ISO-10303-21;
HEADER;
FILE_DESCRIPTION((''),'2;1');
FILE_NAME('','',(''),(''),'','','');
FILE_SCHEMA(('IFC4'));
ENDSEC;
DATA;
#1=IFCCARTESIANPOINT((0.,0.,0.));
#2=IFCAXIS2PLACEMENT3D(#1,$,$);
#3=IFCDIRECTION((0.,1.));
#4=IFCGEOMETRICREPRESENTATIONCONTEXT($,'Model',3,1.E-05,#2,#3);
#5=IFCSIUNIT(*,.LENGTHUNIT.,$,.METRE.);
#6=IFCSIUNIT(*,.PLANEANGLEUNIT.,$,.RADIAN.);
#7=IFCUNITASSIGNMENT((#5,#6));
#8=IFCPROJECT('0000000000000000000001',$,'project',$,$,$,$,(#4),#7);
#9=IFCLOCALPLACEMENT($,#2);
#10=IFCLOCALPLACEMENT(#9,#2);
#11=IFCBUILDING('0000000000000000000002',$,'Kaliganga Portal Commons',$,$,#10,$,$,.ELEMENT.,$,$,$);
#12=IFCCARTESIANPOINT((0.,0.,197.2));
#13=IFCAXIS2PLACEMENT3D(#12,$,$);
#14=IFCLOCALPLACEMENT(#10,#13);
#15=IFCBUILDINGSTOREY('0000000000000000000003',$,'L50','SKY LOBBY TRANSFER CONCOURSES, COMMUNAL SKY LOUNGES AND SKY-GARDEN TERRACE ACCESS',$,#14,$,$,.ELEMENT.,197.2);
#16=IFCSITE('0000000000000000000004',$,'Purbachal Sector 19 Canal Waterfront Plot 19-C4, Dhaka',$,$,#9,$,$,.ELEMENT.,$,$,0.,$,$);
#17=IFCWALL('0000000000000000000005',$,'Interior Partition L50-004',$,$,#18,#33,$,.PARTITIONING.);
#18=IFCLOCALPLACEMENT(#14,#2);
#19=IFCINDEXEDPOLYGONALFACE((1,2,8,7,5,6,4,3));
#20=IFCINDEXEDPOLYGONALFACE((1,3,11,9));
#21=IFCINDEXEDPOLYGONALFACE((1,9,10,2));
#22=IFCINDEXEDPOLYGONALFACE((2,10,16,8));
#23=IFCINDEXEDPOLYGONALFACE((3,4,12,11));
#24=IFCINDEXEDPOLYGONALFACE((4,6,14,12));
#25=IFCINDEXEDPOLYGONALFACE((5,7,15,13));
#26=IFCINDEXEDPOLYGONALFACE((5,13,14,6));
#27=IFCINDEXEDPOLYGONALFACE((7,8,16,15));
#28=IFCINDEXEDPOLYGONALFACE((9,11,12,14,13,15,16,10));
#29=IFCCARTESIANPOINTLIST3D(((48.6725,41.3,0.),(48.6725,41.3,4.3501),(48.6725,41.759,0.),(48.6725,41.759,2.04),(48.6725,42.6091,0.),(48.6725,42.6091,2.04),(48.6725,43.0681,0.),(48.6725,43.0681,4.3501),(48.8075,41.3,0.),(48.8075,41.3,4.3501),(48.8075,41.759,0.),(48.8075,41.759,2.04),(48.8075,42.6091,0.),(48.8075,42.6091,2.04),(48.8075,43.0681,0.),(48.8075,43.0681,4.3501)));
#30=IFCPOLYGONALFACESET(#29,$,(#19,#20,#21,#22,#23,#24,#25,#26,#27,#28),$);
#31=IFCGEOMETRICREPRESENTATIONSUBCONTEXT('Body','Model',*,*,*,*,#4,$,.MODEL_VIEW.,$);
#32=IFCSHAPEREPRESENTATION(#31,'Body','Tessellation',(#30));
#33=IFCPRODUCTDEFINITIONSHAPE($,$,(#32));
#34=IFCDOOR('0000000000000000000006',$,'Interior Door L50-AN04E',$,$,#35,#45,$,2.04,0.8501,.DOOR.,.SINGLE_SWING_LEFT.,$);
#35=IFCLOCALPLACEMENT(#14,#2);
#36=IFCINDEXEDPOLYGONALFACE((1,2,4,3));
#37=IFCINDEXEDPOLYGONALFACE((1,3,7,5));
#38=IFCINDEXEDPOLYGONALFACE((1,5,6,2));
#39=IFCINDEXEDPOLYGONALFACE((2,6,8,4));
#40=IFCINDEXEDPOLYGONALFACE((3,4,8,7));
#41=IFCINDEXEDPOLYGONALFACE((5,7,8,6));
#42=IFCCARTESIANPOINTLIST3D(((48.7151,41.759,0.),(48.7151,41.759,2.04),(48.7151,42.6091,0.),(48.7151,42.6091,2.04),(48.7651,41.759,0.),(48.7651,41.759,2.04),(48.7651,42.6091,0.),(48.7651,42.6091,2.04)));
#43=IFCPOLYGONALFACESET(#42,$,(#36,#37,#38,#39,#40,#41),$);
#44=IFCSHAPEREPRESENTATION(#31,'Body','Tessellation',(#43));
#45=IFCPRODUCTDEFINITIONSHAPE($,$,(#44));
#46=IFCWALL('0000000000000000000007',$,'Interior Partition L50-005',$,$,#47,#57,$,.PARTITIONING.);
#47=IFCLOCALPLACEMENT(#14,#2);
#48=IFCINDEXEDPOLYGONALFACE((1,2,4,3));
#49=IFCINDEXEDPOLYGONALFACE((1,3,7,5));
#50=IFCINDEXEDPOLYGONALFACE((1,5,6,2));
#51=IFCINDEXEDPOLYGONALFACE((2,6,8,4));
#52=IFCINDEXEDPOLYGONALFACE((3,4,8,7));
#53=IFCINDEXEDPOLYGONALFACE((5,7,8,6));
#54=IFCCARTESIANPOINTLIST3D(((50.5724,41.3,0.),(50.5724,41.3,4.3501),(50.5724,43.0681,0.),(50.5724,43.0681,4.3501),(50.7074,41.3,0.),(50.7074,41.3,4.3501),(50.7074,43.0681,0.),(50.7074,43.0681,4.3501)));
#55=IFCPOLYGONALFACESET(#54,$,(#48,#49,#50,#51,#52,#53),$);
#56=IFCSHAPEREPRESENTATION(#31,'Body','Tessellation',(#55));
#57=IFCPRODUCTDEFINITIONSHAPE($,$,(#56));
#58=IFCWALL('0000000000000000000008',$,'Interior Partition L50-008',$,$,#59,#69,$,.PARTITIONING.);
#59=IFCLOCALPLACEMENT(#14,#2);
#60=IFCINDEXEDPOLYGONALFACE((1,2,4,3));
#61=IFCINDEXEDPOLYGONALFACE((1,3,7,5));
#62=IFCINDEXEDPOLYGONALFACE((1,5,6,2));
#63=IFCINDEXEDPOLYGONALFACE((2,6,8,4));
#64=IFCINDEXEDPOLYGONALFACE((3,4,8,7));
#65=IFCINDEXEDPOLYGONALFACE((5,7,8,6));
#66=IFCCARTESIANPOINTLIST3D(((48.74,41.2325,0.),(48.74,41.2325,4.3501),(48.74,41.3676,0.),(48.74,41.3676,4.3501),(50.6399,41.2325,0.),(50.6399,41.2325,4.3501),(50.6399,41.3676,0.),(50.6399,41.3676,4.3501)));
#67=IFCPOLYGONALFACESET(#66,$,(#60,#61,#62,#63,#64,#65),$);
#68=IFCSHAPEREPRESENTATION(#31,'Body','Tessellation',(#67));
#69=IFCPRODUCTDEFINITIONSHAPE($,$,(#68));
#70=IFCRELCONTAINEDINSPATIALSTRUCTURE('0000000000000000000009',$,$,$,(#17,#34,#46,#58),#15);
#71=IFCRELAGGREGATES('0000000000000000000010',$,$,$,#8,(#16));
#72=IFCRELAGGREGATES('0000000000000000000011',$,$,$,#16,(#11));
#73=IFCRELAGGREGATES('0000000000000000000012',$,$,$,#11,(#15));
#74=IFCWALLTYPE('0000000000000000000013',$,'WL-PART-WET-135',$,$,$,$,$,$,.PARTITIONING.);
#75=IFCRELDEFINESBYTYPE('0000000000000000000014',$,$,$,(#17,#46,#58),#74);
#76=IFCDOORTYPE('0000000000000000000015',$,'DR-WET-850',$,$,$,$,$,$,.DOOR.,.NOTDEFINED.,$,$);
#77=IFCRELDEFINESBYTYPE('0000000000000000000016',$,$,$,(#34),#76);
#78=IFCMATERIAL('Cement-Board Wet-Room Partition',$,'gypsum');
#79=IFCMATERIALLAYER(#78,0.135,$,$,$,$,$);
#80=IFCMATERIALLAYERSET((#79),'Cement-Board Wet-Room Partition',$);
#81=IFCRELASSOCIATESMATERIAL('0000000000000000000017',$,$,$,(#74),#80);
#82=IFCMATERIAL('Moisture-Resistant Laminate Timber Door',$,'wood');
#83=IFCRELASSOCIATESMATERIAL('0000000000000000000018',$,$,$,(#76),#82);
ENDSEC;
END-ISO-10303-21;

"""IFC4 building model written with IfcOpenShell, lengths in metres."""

from ifc_helpers import new_model, si_unit, direction, frame, frame_2d, origin, place, context, subcontext, project, spatial, rectangle, extrude, material, layer, layer_set, type_object, element, fill, save


model = new_model("IFC4")

# Units and contexts
model_context = context("Model", 3, precision=1e-05, world=origin(), true_north=direction((0.0, 1.0)))
body_context = subcontext(model_context, "Body", "Model", "MODEL_VIEW")
ifc_project = project(units=[si_unit("LENGTHUNIT", "METRE"), si_unit("PLANEANGLEUNIT", "RADIAN")], contexts=[model_context])

# Site, building, storey
site_placement = place(None, origin())
site = spatial("IfcSite", under=ifc_project, at=site_placement, Name="Purbachal Sector 19 Canal Waterfront Plot 19-C4, Dhaka", CompositionType="ELEMENT", RefElevation=0.0)
building_placement = place(site_placement, origin())
building = spatial("IfcBuilding", under=site, at=building_placement, Name="Kaliganga Portal Commons", CompositionType="ELEMENT")
storey_placement = place(building_placement, frame((0.0, 0.0, 197.2)))
storey = spatial("IfcBuildingStorey", under=building, at=storey_placement, Name="L50", Description="SKY LOBBY TRANSFER CONCOURSES, COMMUNAL SKY LOUNGES AND SKY-GARDEN TERRACE ACCESS", CompositionType="ELEMENT", Elevation=197.2)

# Wall, opening, door
ifc_material_1 = material(Name="Cement-Board Wet-Room Partition", Category="gypsum")
ifc_layer_1 = layer(ifc_material_1, 0.135)
ifc_layer_set_1 = layer_set([ifc_layer_1], Name="Cement-Board Wet-Room Partition")
wall_type_1 = type_object("IfcWallType", Name="WL-PART-WET-135", PredefinedType="PARTITIONING", material=ifc_layer_set_1)
wall_1_placement = place(storey_placement, frame((48.74, 41.3, 0.0), z_axis=(0.0, 0.0, 1.0), x_axis=(0.0, 1.0, 0.0)))
wall_1 = element("IfcWall", 1, at=wall_1_placement, inside=storey, type_object=wall_type_1, Name="Interior Partition L50-004", PredefinedType="PARTITIONING", context=body_context, shape_type="SweptSolid", body=[
    extrude(rectangle(XDim=1.7681, YDim=0.135, at=frame_2d((0.884, 0.0))), origin(), (0.0, 0.0, 1.0), 4.3501),
])
opening_1_placement = place(wall_1_placement, frame((0.459, 0.0, 0.0)))
opening_1 = element("IfcOpeningElement", 2, at=opening_1_placement, cuts=wall_1, PredefinedType="OPENING", context=body_context, shape_type="SweptSolid", body=[
    extrude(rectangle(XDim=0.8501, YDim=2.04, at=frame_2d((0.425, 1.02))), frame((0.0, 0.0776, 0.0), z_axis=(0.0, -1.0, 0.0), x_axis=(1.0, 0.0, 0.0)), (0.0, 0.0, 1.0), 0.155),
])
ifc_material_2 = material(Name="Moisture-Resistant Laminate Timber Door", Category="wood")
door_type_1 = type_object("IfcDoorType", Name="DR-WET-850", OperationType="NOTDEFINED", PredefinedType="DOOR", material=ifc_material_2)
door_1_placement = place(opening_1_placement, origin())
door_1 = element("IfcDoor", 3, at=door_1_placement, inside=storey, type_object=door_type_1, Name="Interior Door L50-AN04E", OperationType="SINGLE_SWING_LEFT", OverallHeight=2.04, OverallWidth=0.8501, PredefinedType="DOOR", context=body_context, shape_type="SweptSolid", body=[
    extrude(rectangle(XDim=0.8501, YDim=2.04, at=frame_2d((0.425, 1.02))), frame((0.0, 0.0249, 0.0), z_axis=(0.0, -1.0, 0.0), x_axis=(1.0, 0.0, 0.0)), (0.0, 0.0, 1.0), 0.05),
])
fill(opening_1, door_1)

# Walls
wall_2_placement = place(storey_placement, frame((50.6399, 41.3, 0.0), z_axis=(0.0, 0.0, 1.0), x_axis=(0.0, 1.0, 0.0)))
element("IfcWall", 4, at=wall_2_placement, inside=storey, type_object=wall_type_1, Name="Interior Partition L50-005", PredefinedType="PARTITIONING", context=body_context, shape_type="SweptSolid", body=[
    extrude(rectangle(XDim=1.7681, YDim=0.135, at=frame_2d((0.884, 0.0))), origin(), (0.0, 0.0, 1.0), 4.3501),
])
wall_3_placement = place(storey_placement, frame((48.74, 41.3, 0.0), z_axis=(0.0, 0.0, 1.0), x_axis=(1.0, 0.0, 0.0)))
element("IfcWall", 5, at=wall_3_placement, inside=storey, type_object=wall_type_1, Name="Interior Partition L50-008", PredefinedType="PARTITIONING", context=body_context, shape_type="SweptSolid", body=[
    extrude(rectangle(XDim=1.8999, YDim=0.135, at=frame_2d((0.95, 0.0))), origin(), (0.0, 0.0, 1.0), 4.3501),
])

save(model, "model.ifc")
